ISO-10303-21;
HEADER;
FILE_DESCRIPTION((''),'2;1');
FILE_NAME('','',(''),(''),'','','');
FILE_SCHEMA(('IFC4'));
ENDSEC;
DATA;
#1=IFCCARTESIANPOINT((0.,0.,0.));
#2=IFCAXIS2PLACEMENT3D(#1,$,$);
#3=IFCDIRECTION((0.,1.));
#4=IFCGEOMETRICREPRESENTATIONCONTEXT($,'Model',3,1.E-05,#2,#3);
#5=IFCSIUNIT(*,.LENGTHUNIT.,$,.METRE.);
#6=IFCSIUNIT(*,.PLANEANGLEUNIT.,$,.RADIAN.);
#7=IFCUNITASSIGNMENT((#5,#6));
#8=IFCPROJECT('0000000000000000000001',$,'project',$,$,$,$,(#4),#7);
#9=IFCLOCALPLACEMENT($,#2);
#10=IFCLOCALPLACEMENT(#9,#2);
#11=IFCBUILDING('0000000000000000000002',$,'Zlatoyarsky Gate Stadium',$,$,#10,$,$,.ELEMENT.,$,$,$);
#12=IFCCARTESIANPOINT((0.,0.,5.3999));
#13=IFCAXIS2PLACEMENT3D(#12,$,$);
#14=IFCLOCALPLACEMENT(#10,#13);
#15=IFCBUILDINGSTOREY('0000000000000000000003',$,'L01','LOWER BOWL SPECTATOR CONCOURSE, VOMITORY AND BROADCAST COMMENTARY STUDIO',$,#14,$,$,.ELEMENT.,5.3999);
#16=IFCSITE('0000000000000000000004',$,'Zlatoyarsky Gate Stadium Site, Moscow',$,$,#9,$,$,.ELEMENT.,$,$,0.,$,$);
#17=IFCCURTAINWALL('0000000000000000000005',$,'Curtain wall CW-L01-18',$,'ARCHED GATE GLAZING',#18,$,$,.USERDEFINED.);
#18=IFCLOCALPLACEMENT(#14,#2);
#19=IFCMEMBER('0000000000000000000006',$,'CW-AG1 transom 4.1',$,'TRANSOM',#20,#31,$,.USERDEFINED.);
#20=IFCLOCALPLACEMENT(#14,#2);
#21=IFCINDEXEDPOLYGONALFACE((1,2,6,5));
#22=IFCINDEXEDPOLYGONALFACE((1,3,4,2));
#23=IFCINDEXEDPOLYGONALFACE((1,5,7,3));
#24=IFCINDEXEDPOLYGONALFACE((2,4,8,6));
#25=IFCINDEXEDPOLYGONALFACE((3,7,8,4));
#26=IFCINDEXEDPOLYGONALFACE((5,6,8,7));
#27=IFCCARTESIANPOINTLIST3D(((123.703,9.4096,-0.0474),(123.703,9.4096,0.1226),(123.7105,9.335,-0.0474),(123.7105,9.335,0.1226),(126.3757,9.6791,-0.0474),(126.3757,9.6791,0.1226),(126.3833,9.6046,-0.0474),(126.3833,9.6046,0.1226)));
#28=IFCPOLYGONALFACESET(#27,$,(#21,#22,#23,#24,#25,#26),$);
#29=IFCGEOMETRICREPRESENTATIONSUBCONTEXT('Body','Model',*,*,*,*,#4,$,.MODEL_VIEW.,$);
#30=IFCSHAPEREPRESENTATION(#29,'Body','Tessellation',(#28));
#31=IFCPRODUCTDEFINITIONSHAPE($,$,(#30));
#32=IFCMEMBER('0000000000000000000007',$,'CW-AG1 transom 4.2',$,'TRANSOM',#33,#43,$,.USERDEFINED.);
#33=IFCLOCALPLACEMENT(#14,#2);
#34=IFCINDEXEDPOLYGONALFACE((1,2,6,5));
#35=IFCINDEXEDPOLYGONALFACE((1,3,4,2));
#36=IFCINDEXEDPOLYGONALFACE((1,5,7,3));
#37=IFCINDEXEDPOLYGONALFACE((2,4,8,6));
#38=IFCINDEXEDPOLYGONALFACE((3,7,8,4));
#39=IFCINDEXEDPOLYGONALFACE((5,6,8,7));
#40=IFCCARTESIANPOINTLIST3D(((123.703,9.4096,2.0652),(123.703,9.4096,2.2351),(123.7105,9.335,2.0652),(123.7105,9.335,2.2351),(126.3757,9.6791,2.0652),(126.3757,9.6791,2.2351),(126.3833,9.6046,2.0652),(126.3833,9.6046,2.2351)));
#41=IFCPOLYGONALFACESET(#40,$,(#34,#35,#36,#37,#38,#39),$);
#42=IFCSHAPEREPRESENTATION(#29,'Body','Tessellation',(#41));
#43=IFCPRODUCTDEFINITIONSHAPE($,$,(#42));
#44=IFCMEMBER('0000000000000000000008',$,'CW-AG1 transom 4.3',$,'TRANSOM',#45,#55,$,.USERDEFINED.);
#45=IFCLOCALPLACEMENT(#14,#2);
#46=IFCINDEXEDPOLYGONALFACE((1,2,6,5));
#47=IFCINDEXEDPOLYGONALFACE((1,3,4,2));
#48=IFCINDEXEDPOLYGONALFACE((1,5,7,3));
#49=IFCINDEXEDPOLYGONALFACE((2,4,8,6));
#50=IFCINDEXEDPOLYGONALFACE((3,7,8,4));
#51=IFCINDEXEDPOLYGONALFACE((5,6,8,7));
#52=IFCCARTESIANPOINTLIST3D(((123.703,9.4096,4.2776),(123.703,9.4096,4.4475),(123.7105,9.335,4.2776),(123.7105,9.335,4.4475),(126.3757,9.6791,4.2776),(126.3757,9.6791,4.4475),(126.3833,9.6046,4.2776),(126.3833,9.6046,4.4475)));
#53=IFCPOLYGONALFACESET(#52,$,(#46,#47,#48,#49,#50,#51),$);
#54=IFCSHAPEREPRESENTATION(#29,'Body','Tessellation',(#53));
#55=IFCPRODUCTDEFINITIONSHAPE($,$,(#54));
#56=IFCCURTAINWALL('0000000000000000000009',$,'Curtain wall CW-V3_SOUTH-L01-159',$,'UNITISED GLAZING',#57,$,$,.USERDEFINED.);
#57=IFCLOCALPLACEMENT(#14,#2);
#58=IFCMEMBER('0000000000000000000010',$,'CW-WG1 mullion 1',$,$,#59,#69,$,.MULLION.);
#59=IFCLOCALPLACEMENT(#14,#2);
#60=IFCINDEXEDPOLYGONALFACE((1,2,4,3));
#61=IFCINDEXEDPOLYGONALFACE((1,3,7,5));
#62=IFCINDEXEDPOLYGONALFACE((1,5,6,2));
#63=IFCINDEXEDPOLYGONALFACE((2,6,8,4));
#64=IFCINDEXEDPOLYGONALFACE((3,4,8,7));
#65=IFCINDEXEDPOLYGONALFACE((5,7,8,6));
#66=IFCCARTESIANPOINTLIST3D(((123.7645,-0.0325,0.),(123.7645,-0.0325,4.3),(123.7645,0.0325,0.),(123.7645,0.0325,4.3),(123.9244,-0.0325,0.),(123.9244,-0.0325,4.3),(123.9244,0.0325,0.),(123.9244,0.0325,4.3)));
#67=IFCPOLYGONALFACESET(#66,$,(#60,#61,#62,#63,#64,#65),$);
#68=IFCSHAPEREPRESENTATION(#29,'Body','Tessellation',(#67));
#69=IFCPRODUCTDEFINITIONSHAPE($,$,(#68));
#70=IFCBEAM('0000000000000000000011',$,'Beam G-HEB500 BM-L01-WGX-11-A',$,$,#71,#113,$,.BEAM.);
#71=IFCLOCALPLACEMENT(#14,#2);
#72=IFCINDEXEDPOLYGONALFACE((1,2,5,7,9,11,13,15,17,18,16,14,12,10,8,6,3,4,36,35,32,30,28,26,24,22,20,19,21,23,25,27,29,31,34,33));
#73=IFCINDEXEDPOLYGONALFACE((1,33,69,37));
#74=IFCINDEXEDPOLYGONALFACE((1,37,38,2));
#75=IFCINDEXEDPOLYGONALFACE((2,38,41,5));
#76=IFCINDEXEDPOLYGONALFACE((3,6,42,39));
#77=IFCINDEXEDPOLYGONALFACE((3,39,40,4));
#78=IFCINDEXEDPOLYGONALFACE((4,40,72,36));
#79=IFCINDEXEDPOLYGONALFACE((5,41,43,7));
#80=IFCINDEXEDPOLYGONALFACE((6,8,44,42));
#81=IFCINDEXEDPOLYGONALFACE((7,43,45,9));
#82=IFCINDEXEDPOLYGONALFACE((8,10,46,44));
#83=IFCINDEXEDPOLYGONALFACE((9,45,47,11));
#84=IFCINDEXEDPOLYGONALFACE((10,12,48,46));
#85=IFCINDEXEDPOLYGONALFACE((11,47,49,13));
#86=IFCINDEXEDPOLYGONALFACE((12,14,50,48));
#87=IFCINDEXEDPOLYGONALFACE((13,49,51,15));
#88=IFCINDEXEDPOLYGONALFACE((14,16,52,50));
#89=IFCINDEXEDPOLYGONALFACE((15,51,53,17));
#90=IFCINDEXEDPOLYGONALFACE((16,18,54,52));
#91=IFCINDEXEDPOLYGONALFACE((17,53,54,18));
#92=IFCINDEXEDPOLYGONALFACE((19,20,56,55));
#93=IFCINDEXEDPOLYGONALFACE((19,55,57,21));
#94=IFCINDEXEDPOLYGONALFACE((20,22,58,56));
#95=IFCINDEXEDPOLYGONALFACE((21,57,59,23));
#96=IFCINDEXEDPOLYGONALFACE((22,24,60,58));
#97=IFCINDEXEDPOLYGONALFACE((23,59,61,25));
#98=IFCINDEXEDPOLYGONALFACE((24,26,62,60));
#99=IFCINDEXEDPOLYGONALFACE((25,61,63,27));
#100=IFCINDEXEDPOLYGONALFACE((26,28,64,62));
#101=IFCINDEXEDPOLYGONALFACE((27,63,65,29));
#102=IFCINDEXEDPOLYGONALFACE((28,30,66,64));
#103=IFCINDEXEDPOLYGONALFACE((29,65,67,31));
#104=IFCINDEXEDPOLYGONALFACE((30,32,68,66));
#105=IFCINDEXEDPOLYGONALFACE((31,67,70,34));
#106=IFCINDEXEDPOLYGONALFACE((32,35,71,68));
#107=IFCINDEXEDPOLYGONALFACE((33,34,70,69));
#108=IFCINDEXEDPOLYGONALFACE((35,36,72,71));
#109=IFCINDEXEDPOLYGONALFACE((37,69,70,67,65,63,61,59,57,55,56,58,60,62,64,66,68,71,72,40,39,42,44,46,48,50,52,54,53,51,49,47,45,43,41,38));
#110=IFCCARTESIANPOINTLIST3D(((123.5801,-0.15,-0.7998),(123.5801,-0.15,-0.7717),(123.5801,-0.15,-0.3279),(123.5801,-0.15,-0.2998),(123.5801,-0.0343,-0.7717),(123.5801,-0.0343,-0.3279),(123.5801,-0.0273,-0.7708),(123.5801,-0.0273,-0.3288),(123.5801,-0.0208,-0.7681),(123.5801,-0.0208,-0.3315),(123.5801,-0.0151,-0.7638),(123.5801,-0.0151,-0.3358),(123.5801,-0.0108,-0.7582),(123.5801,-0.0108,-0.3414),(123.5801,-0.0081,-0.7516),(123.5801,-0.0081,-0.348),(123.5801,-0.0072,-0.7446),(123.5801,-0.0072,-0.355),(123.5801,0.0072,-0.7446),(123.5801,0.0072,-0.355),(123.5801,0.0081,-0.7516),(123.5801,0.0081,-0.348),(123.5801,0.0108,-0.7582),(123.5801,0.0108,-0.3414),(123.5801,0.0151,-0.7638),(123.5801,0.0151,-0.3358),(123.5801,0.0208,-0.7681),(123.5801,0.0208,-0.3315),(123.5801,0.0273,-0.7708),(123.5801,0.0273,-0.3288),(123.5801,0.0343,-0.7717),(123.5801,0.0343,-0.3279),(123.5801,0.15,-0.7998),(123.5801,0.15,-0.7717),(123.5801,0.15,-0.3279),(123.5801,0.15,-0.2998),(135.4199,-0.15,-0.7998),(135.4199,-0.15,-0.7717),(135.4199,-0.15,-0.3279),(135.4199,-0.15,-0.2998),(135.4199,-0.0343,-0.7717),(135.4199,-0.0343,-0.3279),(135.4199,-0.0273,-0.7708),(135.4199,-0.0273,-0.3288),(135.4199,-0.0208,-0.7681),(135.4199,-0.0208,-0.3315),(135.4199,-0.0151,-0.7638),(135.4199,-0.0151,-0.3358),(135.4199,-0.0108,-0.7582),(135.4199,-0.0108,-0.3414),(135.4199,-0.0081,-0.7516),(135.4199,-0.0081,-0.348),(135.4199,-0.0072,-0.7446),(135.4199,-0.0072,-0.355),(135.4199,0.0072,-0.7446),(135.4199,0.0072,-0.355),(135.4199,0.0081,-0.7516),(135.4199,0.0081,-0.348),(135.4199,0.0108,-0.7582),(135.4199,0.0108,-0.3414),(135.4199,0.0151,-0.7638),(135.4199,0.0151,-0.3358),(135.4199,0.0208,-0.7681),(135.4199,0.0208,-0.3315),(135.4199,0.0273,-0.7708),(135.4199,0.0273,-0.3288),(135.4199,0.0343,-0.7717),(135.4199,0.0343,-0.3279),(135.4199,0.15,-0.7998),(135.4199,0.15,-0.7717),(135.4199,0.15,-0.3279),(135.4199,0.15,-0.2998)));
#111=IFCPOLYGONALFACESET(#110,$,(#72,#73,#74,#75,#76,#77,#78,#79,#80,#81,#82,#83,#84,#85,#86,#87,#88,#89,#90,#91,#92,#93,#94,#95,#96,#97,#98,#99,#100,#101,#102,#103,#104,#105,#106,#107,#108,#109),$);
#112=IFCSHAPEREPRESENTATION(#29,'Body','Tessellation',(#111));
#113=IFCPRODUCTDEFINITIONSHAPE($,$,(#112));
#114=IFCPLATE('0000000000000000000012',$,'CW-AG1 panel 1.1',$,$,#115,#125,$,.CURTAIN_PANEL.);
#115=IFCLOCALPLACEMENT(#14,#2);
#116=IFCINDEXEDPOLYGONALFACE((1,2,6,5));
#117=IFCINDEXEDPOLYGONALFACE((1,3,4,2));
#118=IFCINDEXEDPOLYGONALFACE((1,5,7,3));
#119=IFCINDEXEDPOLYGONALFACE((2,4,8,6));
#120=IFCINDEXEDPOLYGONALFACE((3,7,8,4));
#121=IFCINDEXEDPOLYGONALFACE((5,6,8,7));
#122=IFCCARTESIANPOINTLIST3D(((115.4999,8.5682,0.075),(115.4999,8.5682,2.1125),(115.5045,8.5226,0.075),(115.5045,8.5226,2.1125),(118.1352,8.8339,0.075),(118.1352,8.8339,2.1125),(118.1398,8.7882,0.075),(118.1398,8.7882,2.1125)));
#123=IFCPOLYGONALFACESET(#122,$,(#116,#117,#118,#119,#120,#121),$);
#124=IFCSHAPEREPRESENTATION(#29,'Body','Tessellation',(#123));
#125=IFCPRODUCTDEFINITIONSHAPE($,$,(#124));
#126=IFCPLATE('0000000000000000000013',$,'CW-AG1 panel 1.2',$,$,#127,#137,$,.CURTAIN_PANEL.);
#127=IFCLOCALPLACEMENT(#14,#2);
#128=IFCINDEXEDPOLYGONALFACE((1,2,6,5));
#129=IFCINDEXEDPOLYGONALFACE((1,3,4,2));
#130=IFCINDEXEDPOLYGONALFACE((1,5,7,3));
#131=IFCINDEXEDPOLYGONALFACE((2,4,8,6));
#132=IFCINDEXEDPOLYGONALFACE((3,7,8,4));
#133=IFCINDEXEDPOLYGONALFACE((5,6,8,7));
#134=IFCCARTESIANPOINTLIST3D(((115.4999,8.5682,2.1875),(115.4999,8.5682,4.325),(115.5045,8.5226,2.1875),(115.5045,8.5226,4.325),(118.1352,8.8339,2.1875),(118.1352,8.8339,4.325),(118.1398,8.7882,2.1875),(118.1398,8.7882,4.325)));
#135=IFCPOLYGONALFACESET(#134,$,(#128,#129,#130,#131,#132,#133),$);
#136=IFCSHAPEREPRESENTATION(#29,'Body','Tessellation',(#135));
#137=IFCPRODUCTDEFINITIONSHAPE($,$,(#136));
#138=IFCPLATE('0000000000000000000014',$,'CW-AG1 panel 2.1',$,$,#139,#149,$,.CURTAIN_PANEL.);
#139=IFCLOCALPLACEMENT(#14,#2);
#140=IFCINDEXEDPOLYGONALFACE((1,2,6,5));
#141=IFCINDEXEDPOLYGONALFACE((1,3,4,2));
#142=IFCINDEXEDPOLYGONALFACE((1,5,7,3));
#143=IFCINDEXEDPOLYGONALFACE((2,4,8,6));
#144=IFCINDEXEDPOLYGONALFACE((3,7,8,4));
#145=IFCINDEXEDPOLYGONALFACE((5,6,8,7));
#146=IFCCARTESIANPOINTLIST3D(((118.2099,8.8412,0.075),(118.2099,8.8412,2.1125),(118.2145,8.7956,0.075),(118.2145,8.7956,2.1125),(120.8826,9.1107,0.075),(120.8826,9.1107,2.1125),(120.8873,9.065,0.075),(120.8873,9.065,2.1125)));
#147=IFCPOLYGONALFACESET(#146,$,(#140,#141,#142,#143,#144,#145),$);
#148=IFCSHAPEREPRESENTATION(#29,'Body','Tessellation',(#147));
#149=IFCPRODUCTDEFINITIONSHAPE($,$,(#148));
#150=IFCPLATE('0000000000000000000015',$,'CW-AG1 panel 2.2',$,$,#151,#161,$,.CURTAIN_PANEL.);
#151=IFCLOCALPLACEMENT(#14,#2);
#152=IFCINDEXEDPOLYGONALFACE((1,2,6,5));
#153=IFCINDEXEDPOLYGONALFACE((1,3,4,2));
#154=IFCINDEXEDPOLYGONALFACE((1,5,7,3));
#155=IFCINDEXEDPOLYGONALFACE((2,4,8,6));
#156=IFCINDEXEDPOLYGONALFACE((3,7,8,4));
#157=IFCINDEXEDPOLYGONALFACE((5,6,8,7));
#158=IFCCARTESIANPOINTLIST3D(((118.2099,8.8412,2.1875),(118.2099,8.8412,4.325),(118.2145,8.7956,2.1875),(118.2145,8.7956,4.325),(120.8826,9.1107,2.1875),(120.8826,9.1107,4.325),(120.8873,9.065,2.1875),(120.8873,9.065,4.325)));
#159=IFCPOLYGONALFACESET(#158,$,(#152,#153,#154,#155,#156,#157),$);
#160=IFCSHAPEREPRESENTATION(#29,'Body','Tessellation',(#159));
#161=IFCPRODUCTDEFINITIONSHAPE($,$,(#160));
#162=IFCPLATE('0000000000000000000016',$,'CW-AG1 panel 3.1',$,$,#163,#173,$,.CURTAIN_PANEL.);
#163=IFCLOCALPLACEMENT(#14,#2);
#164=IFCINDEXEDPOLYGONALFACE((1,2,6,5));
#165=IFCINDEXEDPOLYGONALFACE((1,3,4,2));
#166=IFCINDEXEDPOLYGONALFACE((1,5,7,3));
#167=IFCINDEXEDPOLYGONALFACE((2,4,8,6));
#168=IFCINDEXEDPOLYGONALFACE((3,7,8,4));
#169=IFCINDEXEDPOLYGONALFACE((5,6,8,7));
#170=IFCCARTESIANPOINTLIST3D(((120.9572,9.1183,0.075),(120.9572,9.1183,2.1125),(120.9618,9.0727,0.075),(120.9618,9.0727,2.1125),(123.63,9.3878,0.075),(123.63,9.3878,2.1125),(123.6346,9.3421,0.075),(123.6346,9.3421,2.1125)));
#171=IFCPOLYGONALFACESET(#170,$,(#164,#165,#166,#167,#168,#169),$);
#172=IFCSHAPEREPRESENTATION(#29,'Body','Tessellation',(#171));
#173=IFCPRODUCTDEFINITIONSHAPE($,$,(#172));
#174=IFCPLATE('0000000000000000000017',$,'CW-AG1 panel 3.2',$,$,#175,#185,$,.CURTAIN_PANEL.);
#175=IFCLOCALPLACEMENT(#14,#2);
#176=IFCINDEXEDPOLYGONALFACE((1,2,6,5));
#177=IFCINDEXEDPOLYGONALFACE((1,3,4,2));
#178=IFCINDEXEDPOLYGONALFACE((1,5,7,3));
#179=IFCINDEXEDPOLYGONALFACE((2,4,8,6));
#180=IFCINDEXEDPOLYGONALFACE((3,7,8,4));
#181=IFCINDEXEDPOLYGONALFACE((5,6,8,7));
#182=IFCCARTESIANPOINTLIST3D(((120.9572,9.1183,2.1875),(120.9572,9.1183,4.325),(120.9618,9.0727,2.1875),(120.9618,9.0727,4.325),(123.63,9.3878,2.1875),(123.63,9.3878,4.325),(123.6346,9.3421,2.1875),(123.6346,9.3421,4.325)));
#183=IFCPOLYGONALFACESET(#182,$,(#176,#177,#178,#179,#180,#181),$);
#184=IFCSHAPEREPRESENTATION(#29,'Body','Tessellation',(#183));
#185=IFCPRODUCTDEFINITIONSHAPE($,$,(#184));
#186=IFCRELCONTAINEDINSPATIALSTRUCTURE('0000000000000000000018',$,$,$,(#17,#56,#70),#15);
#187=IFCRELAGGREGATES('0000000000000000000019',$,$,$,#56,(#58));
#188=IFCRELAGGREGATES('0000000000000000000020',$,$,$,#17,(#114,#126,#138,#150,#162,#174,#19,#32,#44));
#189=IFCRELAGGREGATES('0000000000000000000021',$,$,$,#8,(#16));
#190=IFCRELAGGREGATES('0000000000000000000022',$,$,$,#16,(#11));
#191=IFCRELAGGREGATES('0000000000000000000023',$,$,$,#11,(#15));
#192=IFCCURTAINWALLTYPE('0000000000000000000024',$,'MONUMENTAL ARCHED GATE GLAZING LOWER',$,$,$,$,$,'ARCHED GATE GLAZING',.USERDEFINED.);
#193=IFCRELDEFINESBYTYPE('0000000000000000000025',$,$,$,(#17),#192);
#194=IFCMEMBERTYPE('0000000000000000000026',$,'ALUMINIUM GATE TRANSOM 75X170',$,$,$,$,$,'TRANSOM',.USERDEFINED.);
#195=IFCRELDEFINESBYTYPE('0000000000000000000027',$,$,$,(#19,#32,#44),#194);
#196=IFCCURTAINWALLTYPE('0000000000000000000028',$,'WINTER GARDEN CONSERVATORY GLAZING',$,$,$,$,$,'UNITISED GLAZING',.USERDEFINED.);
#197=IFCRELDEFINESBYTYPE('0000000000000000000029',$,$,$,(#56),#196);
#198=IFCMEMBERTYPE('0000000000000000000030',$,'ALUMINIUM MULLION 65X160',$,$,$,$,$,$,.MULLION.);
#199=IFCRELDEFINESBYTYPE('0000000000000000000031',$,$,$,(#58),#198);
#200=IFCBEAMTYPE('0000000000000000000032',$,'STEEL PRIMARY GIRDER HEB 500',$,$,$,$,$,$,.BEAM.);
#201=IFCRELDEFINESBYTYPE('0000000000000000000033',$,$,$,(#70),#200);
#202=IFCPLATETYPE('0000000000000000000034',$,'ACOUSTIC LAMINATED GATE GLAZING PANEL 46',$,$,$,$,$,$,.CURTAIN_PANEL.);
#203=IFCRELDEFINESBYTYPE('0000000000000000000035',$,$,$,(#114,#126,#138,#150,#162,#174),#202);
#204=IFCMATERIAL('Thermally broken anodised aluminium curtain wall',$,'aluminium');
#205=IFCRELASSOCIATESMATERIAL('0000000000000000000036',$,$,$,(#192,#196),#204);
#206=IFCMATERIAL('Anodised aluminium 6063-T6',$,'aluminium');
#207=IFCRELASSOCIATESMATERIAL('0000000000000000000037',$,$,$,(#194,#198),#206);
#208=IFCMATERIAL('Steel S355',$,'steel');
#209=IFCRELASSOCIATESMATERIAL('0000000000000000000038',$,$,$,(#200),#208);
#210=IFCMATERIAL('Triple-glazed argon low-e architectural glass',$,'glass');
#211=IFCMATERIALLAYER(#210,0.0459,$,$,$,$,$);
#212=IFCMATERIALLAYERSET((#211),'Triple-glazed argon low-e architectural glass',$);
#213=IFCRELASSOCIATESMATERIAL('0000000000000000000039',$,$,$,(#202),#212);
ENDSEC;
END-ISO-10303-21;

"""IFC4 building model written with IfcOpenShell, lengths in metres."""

from ifc_helpers import new_model, si_unit, direction, frame, origin, origin_2d, place, context, subcontext, project, spatial, rectangle, i_section, extrude, material, layer, layer_set, material_profile, profile_set, type_object, element, aggregate, save


model = new_model("IFC4")

# Units and contexts
model_context = context("Model", 3, precision=1e-05, world=origin(), true_north=direction((0.0, 1.0)))
body_context = subcontext(model_context, "Body", "Model", "MODEL_VIEW")
ifc_project = project(units=[si_unit("LENGTHUNIT", "METRE"), si_unit("PLANEANGLEUNIT", "RADIAN")], contexts=[model_context])

# Site, building, storey
site_placement = place(None, origin())
site = spatial("IfcSite", under=ifc_project, at=site_placement, Name="Zlatoyarsky Gate Stadium Site, Moscow", CompositionType="ELEMENT", RefElevation=0.0)
building_placement = place(site_placement, origin())
building = spatial("IfcBuilding", under=site, at=building_placement, Name="Zlatoyarsky Gate Stadium", CompositionType="ELEMENT")
storey_placement = place(building_placement, frame((0.0, 0.0, 5.3999)))
storey = spatial("IfcBuildingStorey", under=building, at=storey_placement, Name="L01", Description="LOWER BOWL SPECTATOR CONCOURSE, VOMITORY AND BROADCAST COMMENTARY STUDIO", CompositionType="ELEMENT", Elevation=5.3999)

# Curtain wall, members
ifc_material_1 = material(Name="Thermally broken anodised aluminium curtain wall", Category="aluminium")
curtain_wall_type_1 = type_object("IfcCurtainWallType", Name="MONUMENTAL ARCHED GATE GLAZING LOWER", ElementType="ARCHED GATE GLAZING", PredefinedType="USERDEFINED", material=ifc_material_1)
curtain_wall_1_placement = place(storey_placement, origin())
curtain_wall_1 = element("IfcCurtainWall", 1, at=curtain_wall_1_placement, inside=storey, type_object=curtain_wall_type_1, Name="Curtain wall CW-L01-18", ObjectType="ARCHED GATE GLAZING", PredefinedType="USERDEFINED")
ifc_material_2 = material(Name="Anodised aluminium 6063-T6", Category="aluminium")
ifc_material_profile_1 = material_profile(ifc_material_2, rectangle(XDim=0.075, YDim=0.1699, at=origin_2d()), Name="ALU 75X170")
ifc_profile_set_1 = profile_set([ifc_material_profile_1], Name="Anodised aluminium 6063-T6")
member_type_1 = type_object("IfcMemberType", Name="ALUMINIUM GATE TRANSOM 75X170", ElementType="TRANSOM", PredefinedType="USERDEFINED", material=ifc_profile_set_1)
member_1_placement = place(storey_placement, frame((123.7068, 9.3723, 0.0376), z_axis=(0.994953, 0.100341, 0.0), x_axis=(-0.100341, 0.994953, 0.0)))
member_1 = element("IfcMember", 2, at=member_1_placement, type_object=member_type_1, Name="CW-AG1 transom 4.1", ObjectType="TRANSOM", PredefinedType="USERDEFINED", context=body_context, shape_type="SweptSolid", body=[
    extrude(rectangle(XDim=0.075, YDim=0.1699, at=origin_2d()), origin(), (0.0, 0.0, 1.0), 2.6863),
])
member_2_placement = place(storey_placement, frame((123.7068, 9.3723, 2.1501), z_axis=(0.994953, 0.100341, 0.0), x_axis=(-0.100341, 0.994953, 0.0)))
member_2 = element("IfcMember", 3, at=member_2_placement, type_object=member_type_1, Name="CW-AG1 transom 4.2", ObjectType="TRANSOM", PredefinedType="USERDEFINED", context=body_context, shape_type="SweptSolid", body=[
    extrude(rectangle(XDim=0.075, YDim=0.1699, at=origin_2d()), origin(), (0.0, 0.0, 1.0), 2.6863),
])
member_3_placement = place(storey_placement, frame((123.7068, 9.3723, 4.3625), z_axis=(0.994953, 0.100341, 0.0), x_axis=(-0.100341, 0.994953, 0.0)))
member_3 = element("IfcMember", 4, at=member_3_placement, type_object=member_type_1, Name="CW-AG1 transom 4.3", ObjectType="TRANSOM", PredefinedType="USERDEFINED", context=body_context, shape_type="SweptSolid", body=[
    extrude(rectangle(XDim=0.075, YDim=0.1699, at=origin_2d()), origin(), (0.0, 0.0, 1.0), 2.6863),
])

# Curtain wall, member
curtain_wall_type_2 = type_object("IfcCurtainWallType", Name="WINTER GARDEN CONSERVATORY GLAZING", ElementType="UNITISED GLAZING", PredefinedType="USERDEFINED", material=ifc_material_1)
curtain_wall_2_placement = place(storey_placement, origin())
curtain_wall_2 = element("IfcCurtainWall", 5, at=curtain_wall_2_placement, inside=storey, type_object=curtain_wall_type_2, Name="Curtain wall CW-V3_SOUTH-L01-159", ObjectType="UNITISED GLAZING", PredefinedType="USERDEFINED")
ifc_material_profile_2 = material_profile(ifc_material_2, rectangle(XDim=0.0649, YDim=0.1599, at=origin_2d()), Name="ALU 65X160")
ifc_profile_set_2 = profile_set([ifc_material_profile_2], Name="Anodised aluminium 6063-T6")
member_type_2 = type_object("IfcMemberType", Name="ALUMINIUM MULLION 65X160", PredefinedType="MULLION", material=ifc_profile_set_2)
member_4_placement = place(storey_placement, frame((123.8445, 0.0, 0.0), z_axis=(0.0, 0.0, 1.0), x_axis=(0.0, 1.0, 0.0)))
member_4 = element("IfcMember", 6, at=member_4_placement, type_object=member_type_2, Name="CW-WG1 mullion 1", PredefinedType="MULLION", context=body_context, shape_type="SweptSolid", body=[
    extrude(rectangle(XDim=0.0649, YDim=0.1599, at=origin_2d()), origin(), (0.0, 0.0, 1.0), 4.3),
])
aggregate(curtain_wall_2, [member_4])

# Beam
ifc_material_3 = material(Name="Steel S355", Category="steel")
ifc_material_profile_3 = material_profile(ifc_material_3, i_section(OverallWidth=0.3, OverallDepth=0.5, WebThickness=0.0144, FlangeThickness=0.0281, FilletRadius=0.0271, at=origin_2d()), Name="HEB 500")
ifc_profile_set_3 = profile_set([ifc_material_profile_3], Name="Steel S355")
beam_type = type_object("IfcBeamType", Name="STEEL PRIMARY GIRDER HEB 500", PredefinedType="BEAM", material=ifc_profile_set_3)
beam_placement = place(storey_placement, frame((123.5801, 0.0, -0.5498), z_axis=(1.0, 0.0, 0.0), x_axis=(0.0, 1.0, 0.0)))
element("IfcBeam", 7, at=beam_placement, inside=storey, type_object=beam_type, Name="Beam G-HEB500 BM-L01-WGX-11-A", PredefinedType="BEAM", context=body_context, shape_type="SweptSolid", body=[
    extrude(i_section(OverallWidth=0.3, OverallDepth=0.5, WebThickness=0.0144, FlangeThickness=0.0281, FilletRadius=0.0271, at=origin_2d()), origin(), (0.0, 0.0, 1.0), 11.8398),
])

# Plates
ifc_material_4 = material(Name="Triple-glazed argon low-e architectural glass", Category="glass")
ifc_layer_1 = layer(ifc_material_4, 0.0459)
ifc_layer_set_1 = layer_set([ifc_layer_1], Name="Triple-glazed argon low-e architectural glass")
plate_type = type_object("IfcPlateType", Name="ACOUSTIC LAMINATED GATE GLAZING PANEL 46", PredefinedType="CURTAIN_PANEL", material=ifc_layer_set_1)
plate_1_placement = place(storey_placement, frame((116.8198, 8.6782, 0.075), z_axis=(0.0, 0.0, 1.0), x_axis=(0.994957, 0.100303, 0.0)))
plate_1 = element("IfcPlate", 8, at=plate_1_placement, type_object=plate_type, Name="CW-AG1 panel 1.1", PredefinedType="CURTAIN_PANEL", context=body_context, shape_type="SweptSolid", body=[
    extrude(rectangle(XDim=2.6487, YDim=0.0459, at=origin_2d()), origin(), (0.0, 0.0, 1.0), 2.0376),
])
plate_2_placement = place(storey_placement, frame((116.8198, 8.6782, 2.1875), z_axis=(0.0, 0.0, 1.0), x_axis=(0.994957, 0.100303, 0.0)))
plate_2 = element("IfcPlate", 9, at=plate_2_placement, type_object=plate_type, Name="CW-AG1 panel 1.2", PredefinedType="CURTAIN_PANEL", context=body_context, shape_type="SweptSolid", body=[
    extrude(rectangle(XDim=2.6487, YDim=0.0459, at=origin_2d()), origin(), (0.0, 0.0, 1.0), 2.1375),
])
plate_3_placement = place(storey_placement, frame((119.5486, 8.9531, 0.075), z_axis=(0.0, 0.0, 1.0), x_axis=(0.994957, 0.100303, 0.0)))
plate_3 = element("IfcPlate", 10, at=plate_3_placement, type_object=plate_type, Name="CW-AG1 panel 2.1", PredefinedType="CURTAIN_PANEL", context=body_context, shape_type="SweptSolid", body=[
    extrude(rectangle(XDim=2.6863, YDim=0.0459, at=origin_2d()), origin(), (0.0, 0.0, 1.0), 2.0376),
])
plate_4_placement = place(storey_placement, frame((119.5486, 8.9531, 2.1875), z_axis=(0.0, 0.0, 1.0), x_axis=(0.994957, 0.100303, 0.0)))
plate_4 = element("IfcPlate", 11, at=plate_4_placement, type_object=plate_type, Name="CW-AG1 panel 2.2", PredefinedType="CURTAIN_PANEL", context=body_context, shape_type="SweptSolid", body=[
    extrude(rectangle(XDim=2.6863, YDim=0.0459, at=origin_2d()), origin(), (0.0, 0.0, 1.0), 2.1375),
])
plate_5_placement = place(storey_placement, frame((122.2959, 9.2302, 0.075), z_axis=(0.0, 0.0, 1.0), x_axis=(0.994957, 0.100303, 0.0)))
plate_5 = element("IfcPlate", 12, at=plate_5_placement, type_object=plate_type, Name="CW-AG1 panel 3.1", PredefinedType="CURTAIN_PANEL", context=body_context, shape_type="SweptSolid", body=[
    extrude(rectangle(XDim=2.6863, YDim=0.0459, at=origin_2d()), origin(), (0.0, 0.0, 1.0), 2.0376),
])
plate_6_placement = place(storey_placement, frame((122.2959, 9.2302, 2.1875), z_axis=(0.0, 0.0, 1.0), x_axis=(0.994957, 0.100303, 0.0)))
plate_6 = element("IfcPlate", 13, at=plate_6_placement, type_object=plate_type, Name="CW-AG1 panel 3.2", PredefinedType="CURTAIN_PANEL", context=body_context, shape_type="SweptSolid", body=[
    extrude(rectangle(XDim=2.6863, YDim=0.0459, at=origin_2d()), origin(), (0.0, 0.0, 1.0), 2.1375),
])
aggregate(curtain_wall_1, [plate_1, plate_2, plate_3, plate_4, plate_5, plate_6, member_1, member_2, member_3])

save(model, "model.ifc")
